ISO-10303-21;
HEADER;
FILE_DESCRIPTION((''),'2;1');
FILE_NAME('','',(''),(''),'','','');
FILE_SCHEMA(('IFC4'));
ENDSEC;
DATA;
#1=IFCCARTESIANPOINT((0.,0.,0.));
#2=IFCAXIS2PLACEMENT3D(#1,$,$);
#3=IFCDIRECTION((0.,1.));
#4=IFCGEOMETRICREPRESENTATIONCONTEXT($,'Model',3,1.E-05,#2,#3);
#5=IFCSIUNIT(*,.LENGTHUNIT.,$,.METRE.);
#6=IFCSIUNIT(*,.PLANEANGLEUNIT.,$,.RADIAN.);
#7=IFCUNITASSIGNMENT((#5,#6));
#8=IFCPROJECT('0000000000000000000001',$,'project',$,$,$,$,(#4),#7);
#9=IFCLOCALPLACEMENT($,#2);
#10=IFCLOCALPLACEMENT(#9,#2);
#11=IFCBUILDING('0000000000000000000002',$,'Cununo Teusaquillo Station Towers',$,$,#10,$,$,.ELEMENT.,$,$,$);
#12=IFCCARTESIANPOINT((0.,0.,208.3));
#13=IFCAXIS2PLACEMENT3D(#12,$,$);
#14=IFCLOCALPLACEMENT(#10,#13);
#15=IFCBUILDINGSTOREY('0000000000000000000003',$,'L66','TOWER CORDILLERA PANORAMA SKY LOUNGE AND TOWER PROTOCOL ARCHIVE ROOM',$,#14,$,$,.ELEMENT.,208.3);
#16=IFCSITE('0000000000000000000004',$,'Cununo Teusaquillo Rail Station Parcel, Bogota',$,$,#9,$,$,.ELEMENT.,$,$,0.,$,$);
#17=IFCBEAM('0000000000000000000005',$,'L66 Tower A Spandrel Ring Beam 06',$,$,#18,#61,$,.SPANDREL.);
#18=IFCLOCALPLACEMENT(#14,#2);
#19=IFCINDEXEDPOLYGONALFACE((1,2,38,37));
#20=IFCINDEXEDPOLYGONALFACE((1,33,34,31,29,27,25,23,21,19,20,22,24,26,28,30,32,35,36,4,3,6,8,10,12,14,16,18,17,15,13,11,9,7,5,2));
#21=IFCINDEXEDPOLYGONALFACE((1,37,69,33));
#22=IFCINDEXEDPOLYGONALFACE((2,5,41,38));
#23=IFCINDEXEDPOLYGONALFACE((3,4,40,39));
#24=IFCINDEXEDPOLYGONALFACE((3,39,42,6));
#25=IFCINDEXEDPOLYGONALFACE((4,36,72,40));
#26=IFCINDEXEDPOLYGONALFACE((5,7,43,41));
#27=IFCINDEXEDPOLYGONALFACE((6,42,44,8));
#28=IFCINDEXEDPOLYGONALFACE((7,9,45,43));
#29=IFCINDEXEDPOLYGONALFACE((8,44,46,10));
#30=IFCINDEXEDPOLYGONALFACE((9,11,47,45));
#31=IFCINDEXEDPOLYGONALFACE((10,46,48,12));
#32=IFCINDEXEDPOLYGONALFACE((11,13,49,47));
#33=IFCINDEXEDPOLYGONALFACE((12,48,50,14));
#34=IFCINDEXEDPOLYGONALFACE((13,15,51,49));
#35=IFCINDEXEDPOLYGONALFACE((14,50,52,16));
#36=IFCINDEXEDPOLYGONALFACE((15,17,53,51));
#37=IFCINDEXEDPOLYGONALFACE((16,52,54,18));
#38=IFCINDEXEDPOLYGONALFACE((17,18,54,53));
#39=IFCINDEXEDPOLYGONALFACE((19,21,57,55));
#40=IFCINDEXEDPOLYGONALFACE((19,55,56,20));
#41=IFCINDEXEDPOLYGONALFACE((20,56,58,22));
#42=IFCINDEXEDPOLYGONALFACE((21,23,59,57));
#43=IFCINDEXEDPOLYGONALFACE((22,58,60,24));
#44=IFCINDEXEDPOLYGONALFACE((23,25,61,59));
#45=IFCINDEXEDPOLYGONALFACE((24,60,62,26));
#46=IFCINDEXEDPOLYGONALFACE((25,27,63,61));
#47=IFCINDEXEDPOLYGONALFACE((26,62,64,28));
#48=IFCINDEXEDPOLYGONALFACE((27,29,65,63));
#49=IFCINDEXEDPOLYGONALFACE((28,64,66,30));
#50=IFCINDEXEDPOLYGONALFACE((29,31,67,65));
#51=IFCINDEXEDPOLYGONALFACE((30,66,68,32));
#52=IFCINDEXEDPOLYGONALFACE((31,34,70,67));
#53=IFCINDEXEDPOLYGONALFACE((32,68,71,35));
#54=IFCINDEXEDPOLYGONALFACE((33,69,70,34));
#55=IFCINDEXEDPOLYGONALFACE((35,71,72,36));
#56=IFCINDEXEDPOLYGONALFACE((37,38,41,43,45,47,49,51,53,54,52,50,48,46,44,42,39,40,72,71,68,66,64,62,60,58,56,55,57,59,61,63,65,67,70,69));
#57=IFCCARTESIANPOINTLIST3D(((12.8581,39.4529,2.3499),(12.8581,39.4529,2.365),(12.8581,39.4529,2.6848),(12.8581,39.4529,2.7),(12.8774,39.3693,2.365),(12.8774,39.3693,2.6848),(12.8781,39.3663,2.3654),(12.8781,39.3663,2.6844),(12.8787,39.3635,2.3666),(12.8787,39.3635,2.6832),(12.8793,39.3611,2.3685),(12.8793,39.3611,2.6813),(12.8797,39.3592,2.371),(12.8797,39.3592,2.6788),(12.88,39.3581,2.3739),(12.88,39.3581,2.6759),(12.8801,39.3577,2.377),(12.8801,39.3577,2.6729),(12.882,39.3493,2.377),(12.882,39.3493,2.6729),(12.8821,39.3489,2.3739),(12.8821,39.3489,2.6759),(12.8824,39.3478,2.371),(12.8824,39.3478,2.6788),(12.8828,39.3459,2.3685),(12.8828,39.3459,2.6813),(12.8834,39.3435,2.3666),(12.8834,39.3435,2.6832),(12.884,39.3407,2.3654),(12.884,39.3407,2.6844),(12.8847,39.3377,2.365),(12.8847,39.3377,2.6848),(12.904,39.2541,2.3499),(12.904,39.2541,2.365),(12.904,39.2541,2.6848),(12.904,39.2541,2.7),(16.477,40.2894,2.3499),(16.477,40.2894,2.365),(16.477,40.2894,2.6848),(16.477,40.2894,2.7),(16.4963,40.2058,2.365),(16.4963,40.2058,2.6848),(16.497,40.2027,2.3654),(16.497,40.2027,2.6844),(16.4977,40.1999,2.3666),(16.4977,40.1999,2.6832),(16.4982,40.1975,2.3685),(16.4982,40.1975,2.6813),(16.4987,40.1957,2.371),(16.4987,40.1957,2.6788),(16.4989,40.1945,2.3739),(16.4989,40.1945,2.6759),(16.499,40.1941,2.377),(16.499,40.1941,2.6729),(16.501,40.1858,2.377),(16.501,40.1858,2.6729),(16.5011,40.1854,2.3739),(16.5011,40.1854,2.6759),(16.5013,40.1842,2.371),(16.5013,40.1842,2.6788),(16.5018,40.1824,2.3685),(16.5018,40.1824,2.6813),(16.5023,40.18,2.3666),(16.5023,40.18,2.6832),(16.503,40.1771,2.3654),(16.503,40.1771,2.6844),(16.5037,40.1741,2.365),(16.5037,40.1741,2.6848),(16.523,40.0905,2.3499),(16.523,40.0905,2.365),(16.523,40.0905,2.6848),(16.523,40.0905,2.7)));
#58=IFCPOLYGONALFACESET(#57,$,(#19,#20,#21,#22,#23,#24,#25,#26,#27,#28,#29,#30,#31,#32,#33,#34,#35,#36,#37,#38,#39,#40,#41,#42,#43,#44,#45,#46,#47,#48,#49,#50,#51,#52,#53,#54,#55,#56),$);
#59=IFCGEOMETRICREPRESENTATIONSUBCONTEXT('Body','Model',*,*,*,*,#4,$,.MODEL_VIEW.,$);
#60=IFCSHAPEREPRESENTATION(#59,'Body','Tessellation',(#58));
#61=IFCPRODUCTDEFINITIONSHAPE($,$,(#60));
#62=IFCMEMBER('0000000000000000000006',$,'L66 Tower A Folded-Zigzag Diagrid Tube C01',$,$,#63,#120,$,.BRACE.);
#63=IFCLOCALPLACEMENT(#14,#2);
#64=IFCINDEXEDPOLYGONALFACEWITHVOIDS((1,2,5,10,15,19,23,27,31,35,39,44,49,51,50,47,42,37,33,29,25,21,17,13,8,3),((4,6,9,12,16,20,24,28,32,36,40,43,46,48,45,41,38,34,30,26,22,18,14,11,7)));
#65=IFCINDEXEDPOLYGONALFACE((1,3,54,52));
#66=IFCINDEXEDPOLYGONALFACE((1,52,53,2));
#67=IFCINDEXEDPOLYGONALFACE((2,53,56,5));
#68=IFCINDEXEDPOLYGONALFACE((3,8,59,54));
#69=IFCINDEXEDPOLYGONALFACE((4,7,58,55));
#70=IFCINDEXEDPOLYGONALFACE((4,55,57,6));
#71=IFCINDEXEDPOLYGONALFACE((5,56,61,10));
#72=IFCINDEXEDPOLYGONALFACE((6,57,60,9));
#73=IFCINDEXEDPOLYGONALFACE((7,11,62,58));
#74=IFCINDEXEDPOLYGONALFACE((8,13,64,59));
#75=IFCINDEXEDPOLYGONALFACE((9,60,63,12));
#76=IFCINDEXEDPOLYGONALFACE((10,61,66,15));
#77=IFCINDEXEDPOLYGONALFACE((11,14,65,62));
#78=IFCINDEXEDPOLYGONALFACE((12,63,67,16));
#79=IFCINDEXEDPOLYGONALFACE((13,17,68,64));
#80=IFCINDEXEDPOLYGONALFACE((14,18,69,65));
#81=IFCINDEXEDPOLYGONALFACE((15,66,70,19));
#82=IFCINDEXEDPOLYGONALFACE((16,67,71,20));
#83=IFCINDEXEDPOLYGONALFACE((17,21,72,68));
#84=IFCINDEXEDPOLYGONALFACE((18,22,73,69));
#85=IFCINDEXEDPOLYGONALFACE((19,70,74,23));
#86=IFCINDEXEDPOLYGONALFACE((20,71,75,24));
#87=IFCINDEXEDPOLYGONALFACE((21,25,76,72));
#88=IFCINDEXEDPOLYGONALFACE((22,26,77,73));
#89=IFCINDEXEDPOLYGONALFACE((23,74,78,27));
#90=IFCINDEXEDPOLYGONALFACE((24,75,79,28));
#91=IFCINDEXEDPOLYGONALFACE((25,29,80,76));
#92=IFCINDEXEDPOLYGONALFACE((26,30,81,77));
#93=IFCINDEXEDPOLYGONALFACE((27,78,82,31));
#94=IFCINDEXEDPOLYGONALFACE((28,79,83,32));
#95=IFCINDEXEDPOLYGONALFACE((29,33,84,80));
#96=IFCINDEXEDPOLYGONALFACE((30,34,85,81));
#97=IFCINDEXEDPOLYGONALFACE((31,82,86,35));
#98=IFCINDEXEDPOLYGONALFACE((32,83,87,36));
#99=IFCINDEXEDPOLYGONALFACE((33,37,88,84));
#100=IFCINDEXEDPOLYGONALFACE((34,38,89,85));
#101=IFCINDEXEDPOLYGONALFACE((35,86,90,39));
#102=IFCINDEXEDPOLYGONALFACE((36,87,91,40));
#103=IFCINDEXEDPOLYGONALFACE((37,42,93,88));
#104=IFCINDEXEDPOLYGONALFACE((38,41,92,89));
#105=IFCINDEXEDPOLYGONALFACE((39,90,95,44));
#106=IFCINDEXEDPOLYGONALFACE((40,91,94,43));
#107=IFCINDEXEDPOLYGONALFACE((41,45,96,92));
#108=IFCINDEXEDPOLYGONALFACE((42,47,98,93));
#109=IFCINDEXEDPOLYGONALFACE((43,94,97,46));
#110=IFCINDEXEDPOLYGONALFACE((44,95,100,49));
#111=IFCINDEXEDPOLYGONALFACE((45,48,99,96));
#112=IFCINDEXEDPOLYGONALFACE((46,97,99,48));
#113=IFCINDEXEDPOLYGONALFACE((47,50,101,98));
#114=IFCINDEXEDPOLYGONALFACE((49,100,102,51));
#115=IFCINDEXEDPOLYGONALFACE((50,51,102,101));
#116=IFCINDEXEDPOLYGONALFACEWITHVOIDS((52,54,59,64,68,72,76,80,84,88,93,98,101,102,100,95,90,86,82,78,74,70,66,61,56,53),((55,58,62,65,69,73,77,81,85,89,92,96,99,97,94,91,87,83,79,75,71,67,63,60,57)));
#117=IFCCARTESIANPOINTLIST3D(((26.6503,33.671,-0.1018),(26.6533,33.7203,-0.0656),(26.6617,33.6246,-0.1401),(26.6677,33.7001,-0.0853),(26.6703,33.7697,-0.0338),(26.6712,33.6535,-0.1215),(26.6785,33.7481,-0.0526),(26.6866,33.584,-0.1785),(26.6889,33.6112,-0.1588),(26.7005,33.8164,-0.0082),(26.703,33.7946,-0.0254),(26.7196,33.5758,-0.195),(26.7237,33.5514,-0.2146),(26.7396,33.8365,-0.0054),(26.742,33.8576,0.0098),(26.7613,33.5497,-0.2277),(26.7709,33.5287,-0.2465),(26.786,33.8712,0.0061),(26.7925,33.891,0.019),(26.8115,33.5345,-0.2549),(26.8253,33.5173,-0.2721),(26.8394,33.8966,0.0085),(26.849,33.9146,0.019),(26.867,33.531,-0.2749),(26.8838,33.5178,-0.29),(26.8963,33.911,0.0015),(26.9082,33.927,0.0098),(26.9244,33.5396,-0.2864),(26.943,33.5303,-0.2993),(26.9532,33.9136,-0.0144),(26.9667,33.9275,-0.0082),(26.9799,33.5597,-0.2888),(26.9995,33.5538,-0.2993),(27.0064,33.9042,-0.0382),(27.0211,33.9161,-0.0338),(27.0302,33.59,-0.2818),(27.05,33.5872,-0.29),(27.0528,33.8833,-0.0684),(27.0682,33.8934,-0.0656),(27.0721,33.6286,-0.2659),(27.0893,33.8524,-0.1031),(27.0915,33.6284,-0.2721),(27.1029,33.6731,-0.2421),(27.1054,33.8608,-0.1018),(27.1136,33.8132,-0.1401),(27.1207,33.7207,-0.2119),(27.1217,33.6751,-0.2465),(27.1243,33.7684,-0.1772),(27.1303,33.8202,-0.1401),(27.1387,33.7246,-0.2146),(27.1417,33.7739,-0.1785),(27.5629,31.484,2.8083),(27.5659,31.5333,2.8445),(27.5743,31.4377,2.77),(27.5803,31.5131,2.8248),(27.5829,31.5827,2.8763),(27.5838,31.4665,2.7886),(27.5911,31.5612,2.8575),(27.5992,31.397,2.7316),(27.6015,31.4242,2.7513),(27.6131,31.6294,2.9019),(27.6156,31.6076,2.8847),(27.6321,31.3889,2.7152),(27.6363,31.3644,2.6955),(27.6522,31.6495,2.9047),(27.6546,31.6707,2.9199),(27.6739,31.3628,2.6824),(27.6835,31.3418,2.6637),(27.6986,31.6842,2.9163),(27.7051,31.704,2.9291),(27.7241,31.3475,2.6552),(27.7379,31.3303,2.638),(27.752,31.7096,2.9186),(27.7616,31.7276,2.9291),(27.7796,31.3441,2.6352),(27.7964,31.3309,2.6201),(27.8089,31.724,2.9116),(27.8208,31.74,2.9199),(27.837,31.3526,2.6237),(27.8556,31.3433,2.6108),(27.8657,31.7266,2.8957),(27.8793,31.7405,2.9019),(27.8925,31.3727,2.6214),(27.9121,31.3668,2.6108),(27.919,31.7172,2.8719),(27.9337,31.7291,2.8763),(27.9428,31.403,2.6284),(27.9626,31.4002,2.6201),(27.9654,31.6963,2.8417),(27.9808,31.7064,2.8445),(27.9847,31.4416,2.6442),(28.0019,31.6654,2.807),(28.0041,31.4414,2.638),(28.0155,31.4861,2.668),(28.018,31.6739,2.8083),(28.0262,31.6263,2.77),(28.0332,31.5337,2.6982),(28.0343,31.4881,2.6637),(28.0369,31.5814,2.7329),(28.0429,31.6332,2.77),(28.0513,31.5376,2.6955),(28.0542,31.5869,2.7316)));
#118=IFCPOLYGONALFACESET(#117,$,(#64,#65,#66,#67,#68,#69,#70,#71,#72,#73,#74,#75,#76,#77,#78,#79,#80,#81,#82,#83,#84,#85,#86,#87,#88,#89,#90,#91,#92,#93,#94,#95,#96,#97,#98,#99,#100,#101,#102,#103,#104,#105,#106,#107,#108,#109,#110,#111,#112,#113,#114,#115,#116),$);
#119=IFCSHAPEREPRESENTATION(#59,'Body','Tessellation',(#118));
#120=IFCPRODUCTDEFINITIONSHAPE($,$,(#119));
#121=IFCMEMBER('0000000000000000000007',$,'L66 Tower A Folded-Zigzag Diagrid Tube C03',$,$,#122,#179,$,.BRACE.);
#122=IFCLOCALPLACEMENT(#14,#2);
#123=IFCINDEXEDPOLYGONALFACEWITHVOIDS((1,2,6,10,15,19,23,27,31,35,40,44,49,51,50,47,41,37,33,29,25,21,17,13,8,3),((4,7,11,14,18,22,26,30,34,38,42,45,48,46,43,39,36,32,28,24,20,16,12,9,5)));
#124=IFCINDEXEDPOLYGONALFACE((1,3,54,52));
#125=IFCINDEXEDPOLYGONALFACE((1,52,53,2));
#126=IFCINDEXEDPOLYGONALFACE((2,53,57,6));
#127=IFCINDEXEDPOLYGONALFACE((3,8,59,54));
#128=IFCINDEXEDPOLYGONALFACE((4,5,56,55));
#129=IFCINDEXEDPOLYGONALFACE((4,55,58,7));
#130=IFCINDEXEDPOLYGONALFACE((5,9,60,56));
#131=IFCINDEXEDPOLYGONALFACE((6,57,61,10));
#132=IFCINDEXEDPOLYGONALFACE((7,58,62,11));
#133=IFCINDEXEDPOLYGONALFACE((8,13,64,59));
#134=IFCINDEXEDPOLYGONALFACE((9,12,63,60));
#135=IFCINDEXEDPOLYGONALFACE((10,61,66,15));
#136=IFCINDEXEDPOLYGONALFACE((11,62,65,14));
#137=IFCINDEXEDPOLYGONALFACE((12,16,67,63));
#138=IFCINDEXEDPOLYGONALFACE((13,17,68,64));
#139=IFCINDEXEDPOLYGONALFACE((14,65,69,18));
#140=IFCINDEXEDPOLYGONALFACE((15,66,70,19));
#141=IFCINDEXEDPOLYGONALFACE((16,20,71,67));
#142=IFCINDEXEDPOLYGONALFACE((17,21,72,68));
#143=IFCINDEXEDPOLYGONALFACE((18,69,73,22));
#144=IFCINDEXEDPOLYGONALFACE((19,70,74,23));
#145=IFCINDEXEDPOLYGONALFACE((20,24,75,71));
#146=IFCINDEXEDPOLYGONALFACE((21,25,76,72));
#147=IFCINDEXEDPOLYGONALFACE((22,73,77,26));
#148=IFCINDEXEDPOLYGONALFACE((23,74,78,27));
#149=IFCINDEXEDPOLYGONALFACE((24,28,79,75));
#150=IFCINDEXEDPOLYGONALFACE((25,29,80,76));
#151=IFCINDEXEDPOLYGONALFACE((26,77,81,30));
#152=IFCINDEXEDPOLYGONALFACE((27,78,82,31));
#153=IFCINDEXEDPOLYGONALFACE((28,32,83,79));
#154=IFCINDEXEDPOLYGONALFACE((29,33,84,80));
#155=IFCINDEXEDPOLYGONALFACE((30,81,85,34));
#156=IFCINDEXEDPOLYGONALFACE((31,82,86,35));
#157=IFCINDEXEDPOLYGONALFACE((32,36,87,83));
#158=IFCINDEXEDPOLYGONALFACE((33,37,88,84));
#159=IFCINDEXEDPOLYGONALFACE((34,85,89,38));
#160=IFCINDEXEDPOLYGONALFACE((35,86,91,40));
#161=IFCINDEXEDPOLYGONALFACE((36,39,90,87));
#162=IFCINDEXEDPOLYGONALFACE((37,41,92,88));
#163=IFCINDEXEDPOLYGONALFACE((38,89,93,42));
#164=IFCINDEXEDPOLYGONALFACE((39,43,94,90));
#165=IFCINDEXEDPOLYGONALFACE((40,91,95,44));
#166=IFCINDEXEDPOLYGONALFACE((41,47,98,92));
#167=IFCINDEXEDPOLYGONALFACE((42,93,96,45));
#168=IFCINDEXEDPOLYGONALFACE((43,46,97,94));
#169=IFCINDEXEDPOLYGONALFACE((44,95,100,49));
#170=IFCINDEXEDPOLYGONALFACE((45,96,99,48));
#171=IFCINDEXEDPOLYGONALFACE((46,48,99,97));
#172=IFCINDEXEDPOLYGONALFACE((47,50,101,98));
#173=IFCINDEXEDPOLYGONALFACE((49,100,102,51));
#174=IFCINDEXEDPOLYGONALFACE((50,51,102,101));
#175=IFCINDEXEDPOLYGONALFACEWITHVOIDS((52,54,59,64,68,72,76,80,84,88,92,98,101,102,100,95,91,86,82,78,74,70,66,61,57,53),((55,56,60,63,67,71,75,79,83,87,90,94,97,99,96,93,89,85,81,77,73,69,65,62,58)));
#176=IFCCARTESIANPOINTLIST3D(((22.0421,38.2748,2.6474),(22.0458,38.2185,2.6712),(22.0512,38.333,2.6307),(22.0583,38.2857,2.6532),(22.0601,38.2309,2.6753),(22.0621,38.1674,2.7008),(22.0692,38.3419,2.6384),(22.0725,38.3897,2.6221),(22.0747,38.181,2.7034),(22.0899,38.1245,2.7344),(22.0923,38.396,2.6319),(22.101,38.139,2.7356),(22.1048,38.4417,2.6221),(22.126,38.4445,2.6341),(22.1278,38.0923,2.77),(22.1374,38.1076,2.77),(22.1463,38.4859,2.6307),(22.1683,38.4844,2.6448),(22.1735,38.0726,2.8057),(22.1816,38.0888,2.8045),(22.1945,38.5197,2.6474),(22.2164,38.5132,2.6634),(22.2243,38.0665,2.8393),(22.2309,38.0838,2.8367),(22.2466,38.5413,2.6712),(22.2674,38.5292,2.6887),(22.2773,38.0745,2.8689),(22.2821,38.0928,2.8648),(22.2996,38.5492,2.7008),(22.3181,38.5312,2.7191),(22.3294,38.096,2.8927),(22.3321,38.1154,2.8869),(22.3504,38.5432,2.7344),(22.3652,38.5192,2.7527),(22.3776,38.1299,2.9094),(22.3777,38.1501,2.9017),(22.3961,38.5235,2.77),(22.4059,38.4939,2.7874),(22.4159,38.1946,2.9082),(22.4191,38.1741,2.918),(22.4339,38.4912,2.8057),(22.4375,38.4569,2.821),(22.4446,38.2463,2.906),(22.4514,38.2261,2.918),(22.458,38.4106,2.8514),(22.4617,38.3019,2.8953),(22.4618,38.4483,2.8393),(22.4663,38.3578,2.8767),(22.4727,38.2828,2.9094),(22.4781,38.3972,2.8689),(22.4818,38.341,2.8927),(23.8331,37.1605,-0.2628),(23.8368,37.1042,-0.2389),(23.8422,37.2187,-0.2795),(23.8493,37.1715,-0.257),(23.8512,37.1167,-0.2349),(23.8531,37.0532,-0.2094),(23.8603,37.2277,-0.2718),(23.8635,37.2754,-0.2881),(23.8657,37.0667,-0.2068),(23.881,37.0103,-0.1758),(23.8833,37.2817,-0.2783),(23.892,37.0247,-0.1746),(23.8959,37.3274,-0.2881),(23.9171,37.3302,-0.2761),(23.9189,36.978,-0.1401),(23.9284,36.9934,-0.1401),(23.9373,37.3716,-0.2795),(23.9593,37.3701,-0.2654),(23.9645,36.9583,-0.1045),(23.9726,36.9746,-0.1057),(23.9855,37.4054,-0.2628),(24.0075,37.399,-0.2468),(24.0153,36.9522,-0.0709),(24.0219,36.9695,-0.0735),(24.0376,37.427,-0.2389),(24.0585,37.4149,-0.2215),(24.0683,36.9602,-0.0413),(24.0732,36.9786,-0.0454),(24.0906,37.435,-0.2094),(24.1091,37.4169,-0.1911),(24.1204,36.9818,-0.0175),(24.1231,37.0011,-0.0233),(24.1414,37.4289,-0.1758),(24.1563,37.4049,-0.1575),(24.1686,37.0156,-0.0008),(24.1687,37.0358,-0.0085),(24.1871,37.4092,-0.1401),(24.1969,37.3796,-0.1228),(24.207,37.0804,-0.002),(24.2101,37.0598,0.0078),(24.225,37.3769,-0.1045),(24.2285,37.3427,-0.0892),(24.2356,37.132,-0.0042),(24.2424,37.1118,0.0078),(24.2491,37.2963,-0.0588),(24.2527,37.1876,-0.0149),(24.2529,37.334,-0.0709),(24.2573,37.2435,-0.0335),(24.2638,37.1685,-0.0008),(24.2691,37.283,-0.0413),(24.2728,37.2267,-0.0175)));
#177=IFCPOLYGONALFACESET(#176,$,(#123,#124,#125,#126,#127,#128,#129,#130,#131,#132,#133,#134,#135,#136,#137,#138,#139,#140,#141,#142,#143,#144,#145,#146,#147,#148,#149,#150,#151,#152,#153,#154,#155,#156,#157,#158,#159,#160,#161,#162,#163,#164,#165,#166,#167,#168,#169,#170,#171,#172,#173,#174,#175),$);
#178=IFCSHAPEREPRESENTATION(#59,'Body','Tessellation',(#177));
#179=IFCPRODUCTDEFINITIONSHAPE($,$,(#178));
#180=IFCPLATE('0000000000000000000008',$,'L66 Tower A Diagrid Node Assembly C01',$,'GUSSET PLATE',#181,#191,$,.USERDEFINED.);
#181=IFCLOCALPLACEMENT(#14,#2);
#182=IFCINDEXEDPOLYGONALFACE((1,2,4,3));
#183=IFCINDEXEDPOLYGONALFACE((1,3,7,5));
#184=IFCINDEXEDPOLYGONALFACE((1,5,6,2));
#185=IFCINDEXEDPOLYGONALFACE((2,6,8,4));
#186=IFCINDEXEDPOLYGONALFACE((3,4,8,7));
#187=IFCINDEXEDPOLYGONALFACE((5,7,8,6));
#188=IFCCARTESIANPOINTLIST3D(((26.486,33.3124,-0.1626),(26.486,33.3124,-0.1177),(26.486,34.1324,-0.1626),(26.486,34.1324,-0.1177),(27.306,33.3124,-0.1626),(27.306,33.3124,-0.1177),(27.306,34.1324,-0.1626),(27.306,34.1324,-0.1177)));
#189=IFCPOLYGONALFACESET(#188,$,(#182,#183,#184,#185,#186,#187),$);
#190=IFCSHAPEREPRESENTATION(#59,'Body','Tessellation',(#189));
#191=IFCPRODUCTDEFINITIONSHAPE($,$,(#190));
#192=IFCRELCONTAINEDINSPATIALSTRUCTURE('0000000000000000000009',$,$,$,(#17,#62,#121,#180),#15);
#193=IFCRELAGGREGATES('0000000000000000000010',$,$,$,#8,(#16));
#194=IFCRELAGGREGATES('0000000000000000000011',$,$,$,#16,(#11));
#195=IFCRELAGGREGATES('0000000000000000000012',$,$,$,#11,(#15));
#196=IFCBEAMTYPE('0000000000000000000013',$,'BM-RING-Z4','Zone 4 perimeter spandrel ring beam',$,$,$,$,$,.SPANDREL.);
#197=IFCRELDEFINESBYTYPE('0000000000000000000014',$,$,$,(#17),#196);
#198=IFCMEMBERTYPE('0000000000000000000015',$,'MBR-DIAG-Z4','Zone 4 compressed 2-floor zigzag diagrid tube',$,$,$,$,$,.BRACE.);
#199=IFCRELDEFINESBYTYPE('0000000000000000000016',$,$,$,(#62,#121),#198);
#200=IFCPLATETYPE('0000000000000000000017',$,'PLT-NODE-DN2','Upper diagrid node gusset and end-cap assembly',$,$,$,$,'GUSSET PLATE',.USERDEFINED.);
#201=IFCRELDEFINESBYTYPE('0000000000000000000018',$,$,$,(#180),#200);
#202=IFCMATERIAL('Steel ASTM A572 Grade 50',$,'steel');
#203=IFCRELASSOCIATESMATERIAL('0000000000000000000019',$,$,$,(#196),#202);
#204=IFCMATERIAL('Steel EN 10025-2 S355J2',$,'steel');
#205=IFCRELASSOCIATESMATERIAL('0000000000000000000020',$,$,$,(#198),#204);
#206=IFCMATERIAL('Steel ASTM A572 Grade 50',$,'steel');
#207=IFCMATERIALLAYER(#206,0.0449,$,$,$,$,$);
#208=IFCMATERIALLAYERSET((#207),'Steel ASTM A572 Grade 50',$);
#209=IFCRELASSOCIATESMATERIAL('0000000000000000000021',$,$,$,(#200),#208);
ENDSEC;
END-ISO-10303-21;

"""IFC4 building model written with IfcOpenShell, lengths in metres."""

from ifc_helpers import new_model, si_unit, direction, frame, origin, origin_2d, place, context, subcontext, project, spatial, rectangle, hollow_circle, i_section, extrude, source, transform, mapped, material, layer, layer_set, material_profile, profile_set, type_object, element, save


model = new_model("IFC4")

# Units and contexts
model_context = context("Model", 3, precision=1e-05, world=origin(), true_north=direction((0.0, 1.0)))
body_context = subcontext(model_context, "Body", "Model", "MODEL_VIEW")
ifc_project = project(units=[si_unit("LENGTHUNIT", "METRE"), si_unit("PLANEANGLEUNIT", "RADIAN")], contexts=[model_context])

# Site, building, storey
site_placement = place(None, origin())
site = spatial("IfcSite", under=ifc_project, at=site_placement, Name="Cununo Teusaquillo Rail Station Parcel, Bogota", CompositionType="ELEMENT", RefElevation=0.0)
building_placement = place(site_placement, origin())
building = spatial("IfcBuilding", under=site, at=building_placement, Name="Cununo Teusaquillo Station Towers", CompositionType="ELEMENT")
storey_placement = place(building_placement, frame((0.0, 0.0, 208.3)))
storey = spatial("IfcBuildingStorey", under=building, at=storey_placement, Name="L66", Description="TOWER CORDILLERA PANORAMA SKY LOUNGE AND TOWER PROTOCOL ARCHIVE ROOM", CompositionType="ELEMENT", Elevation=208.3)

# Beam
ifc_material_1 = material(Name="Steel ASTM A572 Grade 50", Category="steel")
ifc_material_profile_1 = material_profile(ifc_material_1, i_section(OverallWidth=0.2041, OverallDepth=0.3501, WebThickness=0.0085, FlangeThickness=0.0151, FilletRadius=0.012, at=origin_2d()), Name="W14X48")
ifc_profile_set_1 = profile_set([ifc_material_profile_1], Name="Steel ASTM A572 Grade 50")
beam_type_1 = type_object("IfcBeamType", Name="BM-RING-Z4", Description="Zone 4 perimeter spandrel ring beam", PredefinedType="SPANDREL", material=ifc_profile_set_1)
for number, where, z_axis, x_axis, name in (
    (1, (16.5, 40.1899, 2.5249), (-0.974315, -0.225191, 0.0), (0.225191, -0.974315, 0.0), "L66 Tower A Spandrel Ring Beam 06"),
):
    element("IfcBeam", number, at=place(storey_placement, frame(where, z_axis=z_axis, x_axis=x_axis)), inside=storey, type_object=beam_type_1, Name=name, PredefinedType="SPANDREL", context=body_context, shape_type="SweptSolid", body=[
        extrude(i_section(OverallWidth=0.2041, OverallDepth=0.3501, WebThickness=0.0085, FlangeThickness=0.0151, FilletRadius=0.012, at=origin_2d()), origin(), (0.0, 0.0, 1.0), 3.7144),
    ])

# Members
ifc_material_2 = material(Name="Steel EN 10025-2 S355J2", Category="steel")
ifc_material_profile_2 = material_profile(ifc_material_2, hollow_circle(Radius=0.2539, WallThickness=0.0181, at=origin_2d()), Name="CHS 508x18")
ifc_profile_set_2 = profile_set([ifc_material_profile_2], Name="Steel EN 10025-2 S355J2")
member_type = type_object("IfcMemberType", Name="MBR-DIAG-Z4", Description="Zone 4 compressed 2-floor zigzag diagrid tube", PredefinedType="BRACE", material=ifc_profile_set_2)
member_1_placement = place(storey_placement, frame((26.896, 33.7224, -0.1401), z_axis=(0.243166, -0.58274, 0.775425), x_axis=(0.922876, 0.385098, 0.0)))
element("IfcMember", 2, at=member_1_placement, inside=storey, type_object=member_type, Name="L66 Tower A Folded-Zigzag Diagrid Tube C01", PredefinedType="BRACE", context=body_context, shape_type="SweptSolid", body=[
    extrude(hollow_circle(Radius=0.2539, WallThickness=0.0181, at=origin_2d()), origin(), (0.0, 0.0, 1.0), 3.7529),
])
member_2_placement = place(storey_placement, frame((24.053, 37.1936, -0.1401), z_axis=(-0.498306, 0.310015, 0.80968), x_axis=(-0.52825, -0.849089, 0.0)))
element("IfcMember", 3, at=member_2_placement, inside=storey, type_object=member_type, Name="L66 Tower A Folded-Zigzag Diagrid Tube C03", PredefinedType="BRACE", context=body_context, shape_type="SweptSolid", body=[
    extrude(hollow_circle(Radius=0.2539, WallThickness=0.0181, at=origin_2d()), origin(), (0.0, 0.0, 1.0), 3.5942),
])

# Plate
ifc_material_3 = material(Name="Steel ASTM A572 Grade 50", Category="steel")
ifc_layer_1 = layer(ifc_material_3, 0.0449)
ifc_layer_set_1 = layer_set([ifc_layer_1], Name="Steel ASTM A572 Grade 50")
plate_type = type_object("IfcPlateType", Name="PLT-NODE-DN2", Description="Upper diagrid node gusset and end-cap assembly", ElementType="GUSSET PLATE", PredefinedType="USERDEFINED", material=ifc_layer_set_1)
shared_shape_1 = source(origin(), body_context, "Body", "SweptSolid", [
    extrude(rectangle(XDim=0.8201, YDim=0.8201, at=origin_2d()), origin(), (0.0, 0.0, 1.0), 0.0449),
])
for number, where, z_axis, x_axis, name in (
    (4, (26.896, 33.7224, -0.1626), (0.0, 0.0, 1.0), (1.0, 0.0, 0.0), "L66 Tower A Diagrid Node Assembly C01"),
):
    element("IfcPlate", number, at=place(storey_placement, frame(where, z_axis=z_axis, x_axis=x_axis)), inside=storey, type_object=plate_type, Name=name, ObjectType="GUSSET PLATE", PredefinedType="USERDEFINED", context=body_context, shape_type="MappedRepresentation", body=[
        mapped(shared_shape_1, transform((0.0, 0.0, 0.0), x_axis=(1.0, 0.0, 0.0), y_axis=(0.0, 1.0, 0.0), z_axis=(0.0, 0.0, 1.0), scale=1.0)),
    ])

save(model, "model.ifc")
